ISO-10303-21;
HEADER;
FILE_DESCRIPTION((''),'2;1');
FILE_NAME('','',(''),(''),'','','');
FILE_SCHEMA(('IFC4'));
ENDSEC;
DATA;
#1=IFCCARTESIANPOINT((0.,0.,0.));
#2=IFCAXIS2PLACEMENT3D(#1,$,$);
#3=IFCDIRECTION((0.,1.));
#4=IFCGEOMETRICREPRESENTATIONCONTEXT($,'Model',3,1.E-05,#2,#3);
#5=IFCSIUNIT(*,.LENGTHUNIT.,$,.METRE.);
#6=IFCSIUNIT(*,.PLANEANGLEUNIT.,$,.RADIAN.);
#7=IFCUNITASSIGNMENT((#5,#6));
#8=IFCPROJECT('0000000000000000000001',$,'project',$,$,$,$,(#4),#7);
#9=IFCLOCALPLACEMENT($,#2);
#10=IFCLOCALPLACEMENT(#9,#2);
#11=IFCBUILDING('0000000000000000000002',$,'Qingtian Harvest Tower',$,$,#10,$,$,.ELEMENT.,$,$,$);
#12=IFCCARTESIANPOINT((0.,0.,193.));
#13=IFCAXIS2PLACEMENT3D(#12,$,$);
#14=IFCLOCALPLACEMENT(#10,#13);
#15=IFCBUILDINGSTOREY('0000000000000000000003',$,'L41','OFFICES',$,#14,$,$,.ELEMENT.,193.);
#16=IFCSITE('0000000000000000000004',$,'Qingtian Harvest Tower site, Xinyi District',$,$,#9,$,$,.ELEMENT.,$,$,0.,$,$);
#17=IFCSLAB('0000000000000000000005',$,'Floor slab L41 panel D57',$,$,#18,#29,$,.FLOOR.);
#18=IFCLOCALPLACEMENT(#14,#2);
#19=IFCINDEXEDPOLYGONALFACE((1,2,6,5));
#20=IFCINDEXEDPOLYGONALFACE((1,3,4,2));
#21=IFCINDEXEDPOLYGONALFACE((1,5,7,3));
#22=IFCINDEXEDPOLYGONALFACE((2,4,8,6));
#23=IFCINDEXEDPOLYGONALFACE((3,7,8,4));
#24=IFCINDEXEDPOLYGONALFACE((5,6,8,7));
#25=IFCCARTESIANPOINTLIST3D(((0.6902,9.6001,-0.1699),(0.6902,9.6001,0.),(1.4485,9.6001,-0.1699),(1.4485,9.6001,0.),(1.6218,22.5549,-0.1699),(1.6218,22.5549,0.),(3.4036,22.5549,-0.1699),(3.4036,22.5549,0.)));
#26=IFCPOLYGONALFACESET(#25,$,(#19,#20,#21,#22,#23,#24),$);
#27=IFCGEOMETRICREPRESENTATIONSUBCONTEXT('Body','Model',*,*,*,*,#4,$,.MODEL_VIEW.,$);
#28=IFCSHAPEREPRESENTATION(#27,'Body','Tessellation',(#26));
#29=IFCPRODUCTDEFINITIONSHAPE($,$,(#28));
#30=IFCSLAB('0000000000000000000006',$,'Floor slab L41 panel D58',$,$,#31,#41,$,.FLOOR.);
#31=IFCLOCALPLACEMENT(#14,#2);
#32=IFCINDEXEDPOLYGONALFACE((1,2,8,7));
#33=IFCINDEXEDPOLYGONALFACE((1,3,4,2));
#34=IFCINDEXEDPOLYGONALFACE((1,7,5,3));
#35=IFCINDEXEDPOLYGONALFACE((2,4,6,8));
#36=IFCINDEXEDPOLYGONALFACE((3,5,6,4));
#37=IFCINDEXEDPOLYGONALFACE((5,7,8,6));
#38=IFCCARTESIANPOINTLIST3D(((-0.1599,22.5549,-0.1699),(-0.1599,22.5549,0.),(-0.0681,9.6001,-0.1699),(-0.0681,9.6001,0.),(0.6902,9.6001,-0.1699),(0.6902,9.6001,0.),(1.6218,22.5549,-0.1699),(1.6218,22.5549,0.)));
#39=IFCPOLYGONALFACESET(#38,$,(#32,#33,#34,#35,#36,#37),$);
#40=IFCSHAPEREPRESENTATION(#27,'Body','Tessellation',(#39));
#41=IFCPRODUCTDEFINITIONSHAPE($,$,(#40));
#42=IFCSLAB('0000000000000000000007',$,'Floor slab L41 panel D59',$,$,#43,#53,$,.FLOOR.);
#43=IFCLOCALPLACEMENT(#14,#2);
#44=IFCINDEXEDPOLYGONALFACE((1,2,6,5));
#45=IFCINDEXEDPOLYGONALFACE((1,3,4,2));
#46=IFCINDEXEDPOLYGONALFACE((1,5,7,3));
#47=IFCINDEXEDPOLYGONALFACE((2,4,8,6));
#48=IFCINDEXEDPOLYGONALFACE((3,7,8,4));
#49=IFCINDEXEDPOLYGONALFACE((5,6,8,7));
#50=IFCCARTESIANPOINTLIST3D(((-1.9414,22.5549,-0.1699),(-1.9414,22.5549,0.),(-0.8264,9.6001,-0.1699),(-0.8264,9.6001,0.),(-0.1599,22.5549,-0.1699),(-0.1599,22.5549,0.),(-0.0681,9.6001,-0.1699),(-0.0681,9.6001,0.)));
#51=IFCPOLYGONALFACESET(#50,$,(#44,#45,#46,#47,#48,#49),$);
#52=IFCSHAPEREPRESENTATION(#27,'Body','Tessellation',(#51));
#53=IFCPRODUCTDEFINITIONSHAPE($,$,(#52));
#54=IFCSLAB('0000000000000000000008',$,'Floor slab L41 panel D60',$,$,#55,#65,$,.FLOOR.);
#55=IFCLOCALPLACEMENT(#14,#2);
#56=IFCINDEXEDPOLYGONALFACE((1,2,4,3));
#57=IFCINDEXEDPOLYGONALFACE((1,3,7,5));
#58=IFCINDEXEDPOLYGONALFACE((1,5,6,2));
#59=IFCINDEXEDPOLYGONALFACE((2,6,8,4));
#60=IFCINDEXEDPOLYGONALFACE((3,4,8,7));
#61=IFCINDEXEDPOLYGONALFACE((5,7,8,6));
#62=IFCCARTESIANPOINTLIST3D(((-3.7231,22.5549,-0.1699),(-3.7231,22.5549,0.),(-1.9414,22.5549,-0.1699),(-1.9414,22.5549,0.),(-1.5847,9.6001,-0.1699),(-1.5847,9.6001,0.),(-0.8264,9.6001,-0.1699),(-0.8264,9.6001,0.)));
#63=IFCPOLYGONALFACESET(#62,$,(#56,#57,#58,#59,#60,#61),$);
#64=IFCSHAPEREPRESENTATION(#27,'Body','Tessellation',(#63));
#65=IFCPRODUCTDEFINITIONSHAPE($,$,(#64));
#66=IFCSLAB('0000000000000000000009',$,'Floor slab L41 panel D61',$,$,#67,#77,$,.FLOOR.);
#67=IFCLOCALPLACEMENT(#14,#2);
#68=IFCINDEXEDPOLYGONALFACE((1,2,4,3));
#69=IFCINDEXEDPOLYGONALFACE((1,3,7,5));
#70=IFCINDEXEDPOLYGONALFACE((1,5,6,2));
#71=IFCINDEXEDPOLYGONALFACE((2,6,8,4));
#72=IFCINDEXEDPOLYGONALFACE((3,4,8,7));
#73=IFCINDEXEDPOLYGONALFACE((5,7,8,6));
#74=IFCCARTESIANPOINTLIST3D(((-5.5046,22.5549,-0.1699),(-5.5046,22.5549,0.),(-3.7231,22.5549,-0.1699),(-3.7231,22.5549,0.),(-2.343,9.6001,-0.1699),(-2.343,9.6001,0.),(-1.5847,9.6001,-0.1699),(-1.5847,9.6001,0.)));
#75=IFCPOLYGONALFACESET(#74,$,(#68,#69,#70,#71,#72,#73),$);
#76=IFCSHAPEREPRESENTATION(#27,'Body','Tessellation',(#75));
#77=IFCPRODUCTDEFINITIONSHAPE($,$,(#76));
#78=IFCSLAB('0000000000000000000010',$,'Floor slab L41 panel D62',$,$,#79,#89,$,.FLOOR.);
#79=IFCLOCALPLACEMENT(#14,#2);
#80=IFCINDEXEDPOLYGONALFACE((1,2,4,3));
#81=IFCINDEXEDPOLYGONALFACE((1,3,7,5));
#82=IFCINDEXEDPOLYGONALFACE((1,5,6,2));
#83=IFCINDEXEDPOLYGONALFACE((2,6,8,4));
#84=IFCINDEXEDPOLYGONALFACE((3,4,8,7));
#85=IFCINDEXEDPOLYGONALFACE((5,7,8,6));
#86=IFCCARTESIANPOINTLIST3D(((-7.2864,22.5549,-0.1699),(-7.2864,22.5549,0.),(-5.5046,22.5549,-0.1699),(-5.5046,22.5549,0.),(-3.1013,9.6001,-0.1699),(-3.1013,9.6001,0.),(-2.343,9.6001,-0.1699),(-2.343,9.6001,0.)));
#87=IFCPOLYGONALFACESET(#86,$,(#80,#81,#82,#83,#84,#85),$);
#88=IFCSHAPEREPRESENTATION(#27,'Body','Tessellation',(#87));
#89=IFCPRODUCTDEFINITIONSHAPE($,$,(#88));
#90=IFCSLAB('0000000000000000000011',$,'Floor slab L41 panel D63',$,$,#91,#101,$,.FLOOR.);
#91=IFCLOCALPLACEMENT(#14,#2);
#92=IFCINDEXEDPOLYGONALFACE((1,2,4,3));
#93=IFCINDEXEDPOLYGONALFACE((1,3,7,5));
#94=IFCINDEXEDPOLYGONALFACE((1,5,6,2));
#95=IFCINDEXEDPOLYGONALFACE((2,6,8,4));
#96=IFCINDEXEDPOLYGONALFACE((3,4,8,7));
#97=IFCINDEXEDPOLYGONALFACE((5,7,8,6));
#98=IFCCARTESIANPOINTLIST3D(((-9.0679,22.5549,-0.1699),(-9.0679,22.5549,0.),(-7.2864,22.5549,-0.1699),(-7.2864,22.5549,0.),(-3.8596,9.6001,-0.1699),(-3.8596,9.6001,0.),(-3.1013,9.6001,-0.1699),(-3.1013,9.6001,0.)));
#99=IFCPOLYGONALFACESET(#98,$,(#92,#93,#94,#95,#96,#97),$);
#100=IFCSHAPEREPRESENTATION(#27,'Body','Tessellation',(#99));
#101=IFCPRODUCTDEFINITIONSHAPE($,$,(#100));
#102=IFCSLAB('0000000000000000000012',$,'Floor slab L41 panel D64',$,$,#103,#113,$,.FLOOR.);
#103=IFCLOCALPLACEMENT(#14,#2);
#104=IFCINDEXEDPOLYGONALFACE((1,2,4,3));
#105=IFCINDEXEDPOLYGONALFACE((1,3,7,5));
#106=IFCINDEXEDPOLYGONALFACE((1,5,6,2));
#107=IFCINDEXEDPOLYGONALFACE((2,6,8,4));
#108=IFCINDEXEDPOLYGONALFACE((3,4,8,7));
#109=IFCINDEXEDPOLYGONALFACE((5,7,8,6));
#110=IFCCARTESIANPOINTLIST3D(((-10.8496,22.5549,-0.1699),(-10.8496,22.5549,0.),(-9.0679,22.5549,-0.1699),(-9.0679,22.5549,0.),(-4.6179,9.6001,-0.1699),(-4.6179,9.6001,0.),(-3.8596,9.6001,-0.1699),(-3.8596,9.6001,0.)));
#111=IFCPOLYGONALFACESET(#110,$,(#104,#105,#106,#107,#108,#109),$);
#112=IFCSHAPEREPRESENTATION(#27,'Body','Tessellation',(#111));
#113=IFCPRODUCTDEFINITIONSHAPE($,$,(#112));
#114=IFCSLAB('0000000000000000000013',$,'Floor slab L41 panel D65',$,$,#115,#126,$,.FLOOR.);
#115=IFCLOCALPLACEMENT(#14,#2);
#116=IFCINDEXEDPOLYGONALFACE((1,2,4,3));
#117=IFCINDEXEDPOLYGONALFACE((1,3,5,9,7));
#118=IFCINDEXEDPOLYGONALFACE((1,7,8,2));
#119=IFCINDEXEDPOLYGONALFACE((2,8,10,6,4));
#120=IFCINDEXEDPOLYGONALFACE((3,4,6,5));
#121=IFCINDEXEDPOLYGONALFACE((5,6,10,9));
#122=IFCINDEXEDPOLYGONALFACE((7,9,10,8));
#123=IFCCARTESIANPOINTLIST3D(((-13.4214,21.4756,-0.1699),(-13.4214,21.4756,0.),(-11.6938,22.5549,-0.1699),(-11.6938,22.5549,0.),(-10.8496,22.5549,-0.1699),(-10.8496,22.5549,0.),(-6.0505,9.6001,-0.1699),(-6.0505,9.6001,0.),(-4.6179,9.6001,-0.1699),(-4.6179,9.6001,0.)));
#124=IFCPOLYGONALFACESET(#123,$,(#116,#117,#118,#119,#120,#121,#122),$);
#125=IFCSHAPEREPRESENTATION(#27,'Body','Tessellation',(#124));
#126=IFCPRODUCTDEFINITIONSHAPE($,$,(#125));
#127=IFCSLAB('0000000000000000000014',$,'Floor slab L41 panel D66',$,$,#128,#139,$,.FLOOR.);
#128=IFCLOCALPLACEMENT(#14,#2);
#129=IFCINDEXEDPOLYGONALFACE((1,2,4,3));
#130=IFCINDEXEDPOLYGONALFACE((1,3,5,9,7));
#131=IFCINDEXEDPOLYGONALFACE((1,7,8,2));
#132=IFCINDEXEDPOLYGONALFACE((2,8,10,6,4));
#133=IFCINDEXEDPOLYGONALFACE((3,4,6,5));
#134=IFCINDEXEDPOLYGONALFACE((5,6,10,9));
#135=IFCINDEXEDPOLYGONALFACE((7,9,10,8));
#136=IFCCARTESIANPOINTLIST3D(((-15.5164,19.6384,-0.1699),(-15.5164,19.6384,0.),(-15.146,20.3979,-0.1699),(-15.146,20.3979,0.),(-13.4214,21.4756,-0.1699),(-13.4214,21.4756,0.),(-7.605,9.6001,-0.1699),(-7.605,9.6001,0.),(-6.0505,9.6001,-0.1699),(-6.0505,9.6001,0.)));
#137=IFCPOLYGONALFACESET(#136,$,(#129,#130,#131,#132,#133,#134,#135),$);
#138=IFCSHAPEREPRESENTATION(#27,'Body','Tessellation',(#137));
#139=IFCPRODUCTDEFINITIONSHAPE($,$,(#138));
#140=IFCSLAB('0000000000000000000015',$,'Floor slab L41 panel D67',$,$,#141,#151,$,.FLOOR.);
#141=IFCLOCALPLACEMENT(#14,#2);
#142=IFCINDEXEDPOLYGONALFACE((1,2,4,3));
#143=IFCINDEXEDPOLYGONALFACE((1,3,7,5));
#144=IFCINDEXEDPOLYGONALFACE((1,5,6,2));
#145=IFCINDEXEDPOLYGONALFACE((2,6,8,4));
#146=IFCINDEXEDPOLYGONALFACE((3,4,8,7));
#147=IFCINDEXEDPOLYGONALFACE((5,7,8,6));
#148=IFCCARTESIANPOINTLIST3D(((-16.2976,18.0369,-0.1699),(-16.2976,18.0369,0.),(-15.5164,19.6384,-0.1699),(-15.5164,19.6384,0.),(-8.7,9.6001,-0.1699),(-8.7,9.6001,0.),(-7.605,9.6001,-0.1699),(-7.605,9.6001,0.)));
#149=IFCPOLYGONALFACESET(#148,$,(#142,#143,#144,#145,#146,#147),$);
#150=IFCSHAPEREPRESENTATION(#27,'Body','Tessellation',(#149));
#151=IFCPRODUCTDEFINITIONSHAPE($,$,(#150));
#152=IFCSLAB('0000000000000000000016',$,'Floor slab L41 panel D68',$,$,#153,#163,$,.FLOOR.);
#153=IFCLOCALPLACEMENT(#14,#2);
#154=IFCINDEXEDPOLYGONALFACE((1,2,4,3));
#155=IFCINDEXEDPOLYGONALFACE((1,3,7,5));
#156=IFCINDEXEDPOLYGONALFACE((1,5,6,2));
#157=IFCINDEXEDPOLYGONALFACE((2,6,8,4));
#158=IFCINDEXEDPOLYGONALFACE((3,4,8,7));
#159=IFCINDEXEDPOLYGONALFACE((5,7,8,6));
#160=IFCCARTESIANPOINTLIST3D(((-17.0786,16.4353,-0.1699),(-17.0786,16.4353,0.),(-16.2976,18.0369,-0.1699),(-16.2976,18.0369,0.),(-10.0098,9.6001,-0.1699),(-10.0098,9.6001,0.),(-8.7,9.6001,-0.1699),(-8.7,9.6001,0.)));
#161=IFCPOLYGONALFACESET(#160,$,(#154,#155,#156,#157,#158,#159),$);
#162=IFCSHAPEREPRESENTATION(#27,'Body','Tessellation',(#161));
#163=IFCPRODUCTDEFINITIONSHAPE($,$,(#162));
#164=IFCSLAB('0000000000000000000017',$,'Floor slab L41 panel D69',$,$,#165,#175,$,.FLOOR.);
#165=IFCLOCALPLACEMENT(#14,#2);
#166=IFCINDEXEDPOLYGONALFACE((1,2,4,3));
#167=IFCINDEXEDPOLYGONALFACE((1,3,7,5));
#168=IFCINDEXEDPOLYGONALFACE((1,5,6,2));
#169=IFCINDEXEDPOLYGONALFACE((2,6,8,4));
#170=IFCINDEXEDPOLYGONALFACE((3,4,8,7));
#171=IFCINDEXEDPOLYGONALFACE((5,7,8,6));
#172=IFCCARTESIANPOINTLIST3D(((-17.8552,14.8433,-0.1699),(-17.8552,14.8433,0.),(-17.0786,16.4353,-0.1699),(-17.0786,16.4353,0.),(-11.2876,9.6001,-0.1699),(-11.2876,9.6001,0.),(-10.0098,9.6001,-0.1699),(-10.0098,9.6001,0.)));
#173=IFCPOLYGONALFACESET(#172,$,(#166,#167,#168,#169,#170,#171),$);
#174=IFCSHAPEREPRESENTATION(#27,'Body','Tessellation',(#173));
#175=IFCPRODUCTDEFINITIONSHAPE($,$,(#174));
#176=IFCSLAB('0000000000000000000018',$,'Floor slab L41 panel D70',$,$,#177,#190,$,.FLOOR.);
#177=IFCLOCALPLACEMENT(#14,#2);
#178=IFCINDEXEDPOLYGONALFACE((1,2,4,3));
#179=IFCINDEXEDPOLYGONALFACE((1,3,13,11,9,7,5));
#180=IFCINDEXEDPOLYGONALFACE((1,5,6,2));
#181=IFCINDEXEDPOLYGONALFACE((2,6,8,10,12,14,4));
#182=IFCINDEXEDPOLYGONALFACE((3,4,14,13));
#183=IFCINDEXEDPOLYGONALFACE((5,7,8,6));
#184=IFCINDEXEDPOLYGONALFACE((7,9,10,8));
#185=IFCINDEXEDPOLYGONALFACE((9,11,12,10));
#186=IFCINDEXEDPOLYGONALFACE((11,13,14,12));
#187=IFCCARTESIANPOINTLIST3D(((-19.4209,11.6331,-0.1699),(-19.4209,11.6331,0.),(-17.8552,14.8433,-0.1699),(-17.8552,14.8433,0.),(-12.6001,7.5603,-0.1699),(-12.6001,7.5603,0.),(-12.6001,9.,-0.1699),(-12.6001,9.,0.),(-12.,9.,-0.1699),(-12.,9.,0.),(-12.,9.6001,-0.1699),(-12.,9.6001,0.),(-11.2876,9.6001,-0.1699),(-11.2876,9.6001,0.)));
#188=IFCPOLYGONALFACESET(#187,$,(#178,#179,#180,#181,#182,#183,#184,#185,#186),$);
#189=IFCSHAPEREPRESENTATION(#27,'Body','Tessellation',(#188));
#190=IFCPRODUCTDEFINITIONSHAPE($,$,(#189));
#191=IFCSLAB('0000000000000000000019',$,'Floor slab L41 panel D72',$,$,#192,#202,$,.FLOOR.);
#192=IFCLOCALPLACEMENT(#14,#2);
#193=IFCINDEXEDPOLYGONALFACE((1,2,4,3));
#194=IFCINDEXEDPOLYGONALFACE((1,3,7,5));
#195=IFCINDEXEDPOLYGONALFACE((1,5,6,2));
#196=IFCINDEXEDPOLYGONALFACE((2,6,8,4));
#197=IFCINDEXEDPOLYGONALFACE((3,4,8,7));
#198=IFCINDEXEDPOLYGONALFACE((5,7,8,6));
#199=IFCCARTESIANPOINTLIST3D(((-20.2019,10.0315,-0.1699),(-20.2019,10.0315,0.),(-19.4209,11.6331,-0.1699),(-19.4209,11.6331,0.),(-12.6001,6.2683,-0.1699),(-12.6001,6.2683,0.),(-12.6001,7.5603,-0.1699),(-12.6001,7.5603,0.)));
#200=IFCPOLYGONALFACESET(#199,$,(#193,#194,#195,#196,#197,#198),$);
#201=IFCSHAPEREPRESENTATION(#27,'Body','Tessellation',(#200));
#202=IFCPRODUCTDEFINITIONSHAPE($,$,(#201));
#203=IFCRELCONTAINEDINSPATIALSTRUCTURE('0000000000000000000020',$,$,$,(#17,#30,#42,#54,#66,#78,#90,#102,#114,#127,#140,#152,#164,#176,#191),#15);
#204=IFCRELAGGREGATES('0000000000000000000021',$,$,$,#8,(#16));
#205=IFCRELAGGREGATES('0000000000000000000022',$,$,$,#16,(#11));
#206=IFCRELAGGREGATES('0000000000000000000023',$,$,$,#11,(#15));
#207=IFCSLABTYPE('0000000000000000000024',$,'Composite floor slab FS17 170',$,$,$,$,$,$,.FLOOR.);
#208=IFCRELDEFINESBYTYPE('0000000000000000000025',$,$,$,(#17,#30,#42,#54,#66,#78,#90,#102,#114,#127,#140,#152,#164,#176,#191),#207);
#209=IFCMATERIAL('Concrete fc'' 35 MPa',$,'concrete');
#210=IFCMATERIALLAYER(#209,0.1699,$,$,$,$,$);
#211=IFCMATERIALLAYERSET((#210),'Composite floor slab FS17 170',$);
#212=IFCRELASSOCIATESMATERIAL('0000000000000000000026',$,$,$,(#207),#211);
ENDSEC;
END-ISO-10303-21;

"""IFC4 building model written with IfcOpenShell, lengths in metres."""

from ifc_helpers import new_model, si_unit, direction, frame, origin, place, context, subcontext, project, spatial, polyline, outline, extrude, material, layer, layer_set, type_object, element, save


model = new_model("IFC4")

# Units and contexts
model_context = context("Model", 3, precision=1e-05, world=origin(), true_north=direction((0.0, 1.0)))
body_context = subcontext(model_context, "Body", "Model", "MODEL_VIEW")
ifc_project = project(units=[si_unit("LENGTHUNIT", "METRE"), si_unit("PLANEANGLEUNIT", "RADIAN")], contexts=[model_context])

# Site, building, storey
site_placement = place(None, origin())
site = spatial("IfcSite", under=ifc_project, at=site_placement, Name="Qingtian Harvest Tower site, Xinyi District", CompositionType="ELEMENT", RefElevation=0.0)
building_placement = place(site_placement, origin())
building = spatial("IfcBuilding", under=site, at=building_placement, Name="Qingtian Harvest Tower", CompositionType="ELEMENT")
storey_placement = place(building_placement, frame((0.0, 0.0, 193.0)))
storey = spatial("IfcBuildingStorey", under=building, at=storey_placement, Name="L41", Description="OFFICES", CompositionType="ELEMENT", Elevation=193.0)

# Slabs
ifc_material_1 = material(Name="Concrete fc' 35 MPa", Category="concrete")
ifc_layer_1 = layer(ifc_material_1, 0.1699)
ifc_layer_set_1 = layer_set([ifc_layer_1], Name="Composite floor slab FS17 170")
slab_type = type_object("IfcSlabType", Name="Composite floor slab FS17 170", PredefinedType="FLOOR", material=ifc_layer_set_1)
slab_1_placement = place(storey_placement, frame((0.0, 0.0, -0.1699)))
element("IfcSlab", 1, at=slab_1_placement, inside=storey, type_object=slab_type, Name="Floor slab L41 panel D57", PredefinedType="FLOOR", context=body_context, shape_type="SweptSolid", body=[
    extrude(outline(polyline([(0.6902, 9.6001), (1.6218, 22.5549), (3.4036, 22.5549), (1.4485, 9.6001), (0.6902, 9.6001)])), origin(), (0.0, 0.0, 1.0), 0.1699),
])
slab_2_placement = place(storey_placement, frame((0.0, 0.0, -0.1699)))
element("IfcSlab", 2, at=slab_2_placement, inside=storey, type_object=slab_type, Name="Floor slab L41 panel D58", PredefinedType="FLOOR", context=body_context, shape_type="SweptSolid", body=[
    extrude(outline(polyline([(-0.0681, 9.6001), (-0.1599, 22.5549), (1.6218, 22.5549), (0.6902, 9.6001), (-0.0681, 9.6001)])), origin(), (0.0, 0.0, 1.0), 0.1699),
])
slab_3_placement = place(storey_placement, frame((0.0, 0.0, -0.1699)))
element("IfcSlab", 3, at=slab_3_placement, inside=storey, type_object=slab_type, Name="Floor slab L41 panel D59", PredefinedType="FLOOR", context=body_context, shape_type="SweptSolid", body=[
    extrude(outline(polyline([(-0.8264, 9.6001), (-1.9414, 22.5549), (-0.1599, 22.5549), (-0.0681, 9.6001), (-0.8264, 9.6001)])), origin(), (0.0, 0.0, 1.0), 0.1699),
])
slab_4_placement = place(storey_placement, frame((0.0, 0.0, -0.1699)))
element("IfcSlab", 4, at=slab_4_placement, inside=storey, type_object=slab_type, Name="Floor slab L41 panel D60", PredefinedType="FLOOR", context=body_context, shape_type="SweptSolid", body=[
    extrude(outline(polyline([(-1.5847, 9.6001), (-3.7231, 22.5549), (-1.9414, 22.5549), (-0.8264, 9.6001), (-1.5847, 9.6001)])), origin(), (0.0, 0.0, 1.0), 0.1699),
])
slab_5_placement = place(storey_placement, frame((0.0, 0.0, -0.1699)))
element("IfcSlab", 5, at=slab_5_placement, inside=storey, type_object=slab_type, Name="Floor slab L41 panel D61", PredefinedType="FLOOR", context=body_context, shape_type="SweptSolid", body=[
    extrude(outline(polyline([(-2.343, 9.6001), (-5.5046, 22.5549), (-3.7231, 22.5549), (-1.5847, 9.6001), (-2.343, 9.6001)])), origin(), (0.0, 0.0, 1.0), 0.1699),
])
slab_6_placement = place(storey_placement, frame((0.0, 0.0, -0.1699)))
element("IfcSlab", 6, at=slab_6_placement, inside=storey, type_object=slab_type, Name="Floor slab L41 panel D62", PredefinedType="FLOOR", context=body_context, shape_type="SweptSolid", body=[
    extrude(outline(polyline([(-3.1013, 9.6001), (-7.2864, 22.5549), (-5.5046, 22.5549), (-2.343, 9.6001), (-3.1013, 9.6001)])), origin(), (0.0, 0.0, 1.0), 0.1699),
])
slab_7_placement = place(storey_placement, frame((0.0, 0.0, -0.1699)))
element("IfcSlab", 7, at=slab_7_placement, inside=storey, type_object=slab_type, Name="Floor slab L41 panel D63", PredefinedType="FLOOR", context=body_context, shape_type="SweptSolid", body=[
    extrude(outline(polyline([(-3.8596, 9.6001), (-9.0679, 22.5549), (-7.2864, 22.5549), (-3.1013, 9.6001), (-3.8596, 9.6001)])), origin(), (0.0, 0.0, 1.0), 0.1699),
])
slab_8_placement = place(storey_placement, frame((0.0, 0.0, -0.1699)))
element("IfcSlab", 8, at=slab_8_placement, inside=storey, type_object=slab_type, Name="Floor slab L41 panel D64", PredefinedType="FLOOR", context=body_context, shape_type="SweptSolid", body=[
    extrude(outline(polyline([(-4.6179, 9.6001), (-10.8496, 22.5549), (-9.0679, 22.5549), (-3.8596, 9.6001), (-4.6179, 9.6001)])), origin(), (0.0, 0.0, 1.0), 0.1699),
])
slab_9_placement = place(storey_placement, frame((0.0, 0.0, -0.1699)))
element("IfcSlab", 9, at=slab_9_placement, inside=storey, type_object=slab_type, Name="Floor slab L41 panel D65", PredefinedType="FLOOR", context=body_context, shape_type="SweptSolid", body=[
    extrude(outline(polyline([(-4.6179, 9.6001), (-6.0505, 9.6001), (-13.4214, 21.4756), (-11.6938, 22.5549), (-10.8496, 22.5549), (-4.6179, 9.6001)])), origin(), (0.0, 0.0, 1.0), 0.1699),
])
slab_10_placement = place(storey_placement, frame((0.0, 0.0, -0.1699)))
element("IfcSlab", 10, at=slab_10_placement, inside=storey, type_object=slab_type, Name="Floor slab L41 panel D66", PredefinedType="FLOOR", context=body_context, shape_type="SweptSolid", body=[
    extrude(outline(polyline([(-6.0505, 9.6001), (-7.605, 9.6001), (-15.5164, 19.6384), (-15.146, 20.3979), (-13.4214, 21.4756), (-6.0505, 9.6001)])), origin(), (0.0, 0.0, 1.0), 0.1699),
])
slab_11_placement = place(storey_placement, frame((0.0, 0.0, -0.1699)))
element("IfcSlab", 11, at=slab_11_placement, inside=storey, type_object=slab_type, Name="Floor slab L41 panel D67", PredefinedType="FLOOR", context=body_context, shape_type="SweptSolid", body=[
    extrude(outline(polyline([(-8.7, 9.6001), (-16.2976, 18.0369), (-15.5164, 19.6384), (-7.605, 9.6001), (-8.7, 9.6001)])), origin(), (0.0, 0.0, 1.0), 0.1699),
])
slab_12_placement = place(storey_placement, frame((0.0, 0.0, -0.1699)))
element("IfcSlab", 12, at=slab_12_placement, inside=storey, type_object=slab_type, Name="Floor slab L41 panel D68", PredefinedType="FLOOR", context=body_context, shape_type="SweptSolid", body=[
    extrude(outline(polyline([(-10.0098, 9.6001), (-17.0786, 16.4353), (-16.2976, 18.0369), (-8.7, 9.6001), (-10.0098, 9.6001)])), origin(), (0.0, 0.0, 1.0), 0.1699),
])
slab_13_placement = place(storey_placement, frame((0.0, 0.0, -0.1699)))
element("IfcSlab", 13, at=slab_13_placement, inside=storey, type_object=slab_type, Name="Floor slab L41 panel D69", PredefinedType="FLOOR", context=body_context, shape_type="SweptSolid", body=[
    extrude(outline(polyline([(-11.2876, 9.6001), (-17.8552, 14.8433), (-17.0786, 16.4353), (-10.0098, 9.6001), (-11.2876, 9.6001)])), origin(), (0.0, 0.0, 1.0), 0.1699),
])
slab_14_placement = place(storey_placement, frame((0.0, 0.0, -0.1699)))
element("IfcSlab", 14, at=slab_14_placement, inside=storey, type_object=slab_type, Name="Floor slab L41 panel D70", PredefinedType="FLOOR", context=body_context, shape_type="SweptSolid", body=[
    extrude(outline(polyline([(-12.0, 9.0), (-12.6001, 9.0), (-12.6001, 7.5603), (-19.4209, 11.6331), (-17.8552, 14.8433), (-11.2876, 9.6001), (-12.0, 9.6001), (-12.0, 9.0)])), origin(), (0.0, 0.0, 1.0), 0.1699),
])
slab_15_placement = place(storey_placement, frame((0.0, 0.0, -0.1699)))
element("IfcSlab", 15, at=slab_15_placement, inside=storey, type_object=slab_type, Name="Floor slab L41 panel D72", PredefinedType="FLOOR", context=body_context, shape_type="SweptSolid", body=[
    extrude(outline(polyline([(-12.6001, 6.2683), (-20.2019, 10.0315), (-19.4209, 11.6331), (-12.6001, 7.5603), (-12.6001, 6.2683)])), origin(), (0.0, 0.0, 1.0), 0.1699),
])

save(model, "model.ifc")
